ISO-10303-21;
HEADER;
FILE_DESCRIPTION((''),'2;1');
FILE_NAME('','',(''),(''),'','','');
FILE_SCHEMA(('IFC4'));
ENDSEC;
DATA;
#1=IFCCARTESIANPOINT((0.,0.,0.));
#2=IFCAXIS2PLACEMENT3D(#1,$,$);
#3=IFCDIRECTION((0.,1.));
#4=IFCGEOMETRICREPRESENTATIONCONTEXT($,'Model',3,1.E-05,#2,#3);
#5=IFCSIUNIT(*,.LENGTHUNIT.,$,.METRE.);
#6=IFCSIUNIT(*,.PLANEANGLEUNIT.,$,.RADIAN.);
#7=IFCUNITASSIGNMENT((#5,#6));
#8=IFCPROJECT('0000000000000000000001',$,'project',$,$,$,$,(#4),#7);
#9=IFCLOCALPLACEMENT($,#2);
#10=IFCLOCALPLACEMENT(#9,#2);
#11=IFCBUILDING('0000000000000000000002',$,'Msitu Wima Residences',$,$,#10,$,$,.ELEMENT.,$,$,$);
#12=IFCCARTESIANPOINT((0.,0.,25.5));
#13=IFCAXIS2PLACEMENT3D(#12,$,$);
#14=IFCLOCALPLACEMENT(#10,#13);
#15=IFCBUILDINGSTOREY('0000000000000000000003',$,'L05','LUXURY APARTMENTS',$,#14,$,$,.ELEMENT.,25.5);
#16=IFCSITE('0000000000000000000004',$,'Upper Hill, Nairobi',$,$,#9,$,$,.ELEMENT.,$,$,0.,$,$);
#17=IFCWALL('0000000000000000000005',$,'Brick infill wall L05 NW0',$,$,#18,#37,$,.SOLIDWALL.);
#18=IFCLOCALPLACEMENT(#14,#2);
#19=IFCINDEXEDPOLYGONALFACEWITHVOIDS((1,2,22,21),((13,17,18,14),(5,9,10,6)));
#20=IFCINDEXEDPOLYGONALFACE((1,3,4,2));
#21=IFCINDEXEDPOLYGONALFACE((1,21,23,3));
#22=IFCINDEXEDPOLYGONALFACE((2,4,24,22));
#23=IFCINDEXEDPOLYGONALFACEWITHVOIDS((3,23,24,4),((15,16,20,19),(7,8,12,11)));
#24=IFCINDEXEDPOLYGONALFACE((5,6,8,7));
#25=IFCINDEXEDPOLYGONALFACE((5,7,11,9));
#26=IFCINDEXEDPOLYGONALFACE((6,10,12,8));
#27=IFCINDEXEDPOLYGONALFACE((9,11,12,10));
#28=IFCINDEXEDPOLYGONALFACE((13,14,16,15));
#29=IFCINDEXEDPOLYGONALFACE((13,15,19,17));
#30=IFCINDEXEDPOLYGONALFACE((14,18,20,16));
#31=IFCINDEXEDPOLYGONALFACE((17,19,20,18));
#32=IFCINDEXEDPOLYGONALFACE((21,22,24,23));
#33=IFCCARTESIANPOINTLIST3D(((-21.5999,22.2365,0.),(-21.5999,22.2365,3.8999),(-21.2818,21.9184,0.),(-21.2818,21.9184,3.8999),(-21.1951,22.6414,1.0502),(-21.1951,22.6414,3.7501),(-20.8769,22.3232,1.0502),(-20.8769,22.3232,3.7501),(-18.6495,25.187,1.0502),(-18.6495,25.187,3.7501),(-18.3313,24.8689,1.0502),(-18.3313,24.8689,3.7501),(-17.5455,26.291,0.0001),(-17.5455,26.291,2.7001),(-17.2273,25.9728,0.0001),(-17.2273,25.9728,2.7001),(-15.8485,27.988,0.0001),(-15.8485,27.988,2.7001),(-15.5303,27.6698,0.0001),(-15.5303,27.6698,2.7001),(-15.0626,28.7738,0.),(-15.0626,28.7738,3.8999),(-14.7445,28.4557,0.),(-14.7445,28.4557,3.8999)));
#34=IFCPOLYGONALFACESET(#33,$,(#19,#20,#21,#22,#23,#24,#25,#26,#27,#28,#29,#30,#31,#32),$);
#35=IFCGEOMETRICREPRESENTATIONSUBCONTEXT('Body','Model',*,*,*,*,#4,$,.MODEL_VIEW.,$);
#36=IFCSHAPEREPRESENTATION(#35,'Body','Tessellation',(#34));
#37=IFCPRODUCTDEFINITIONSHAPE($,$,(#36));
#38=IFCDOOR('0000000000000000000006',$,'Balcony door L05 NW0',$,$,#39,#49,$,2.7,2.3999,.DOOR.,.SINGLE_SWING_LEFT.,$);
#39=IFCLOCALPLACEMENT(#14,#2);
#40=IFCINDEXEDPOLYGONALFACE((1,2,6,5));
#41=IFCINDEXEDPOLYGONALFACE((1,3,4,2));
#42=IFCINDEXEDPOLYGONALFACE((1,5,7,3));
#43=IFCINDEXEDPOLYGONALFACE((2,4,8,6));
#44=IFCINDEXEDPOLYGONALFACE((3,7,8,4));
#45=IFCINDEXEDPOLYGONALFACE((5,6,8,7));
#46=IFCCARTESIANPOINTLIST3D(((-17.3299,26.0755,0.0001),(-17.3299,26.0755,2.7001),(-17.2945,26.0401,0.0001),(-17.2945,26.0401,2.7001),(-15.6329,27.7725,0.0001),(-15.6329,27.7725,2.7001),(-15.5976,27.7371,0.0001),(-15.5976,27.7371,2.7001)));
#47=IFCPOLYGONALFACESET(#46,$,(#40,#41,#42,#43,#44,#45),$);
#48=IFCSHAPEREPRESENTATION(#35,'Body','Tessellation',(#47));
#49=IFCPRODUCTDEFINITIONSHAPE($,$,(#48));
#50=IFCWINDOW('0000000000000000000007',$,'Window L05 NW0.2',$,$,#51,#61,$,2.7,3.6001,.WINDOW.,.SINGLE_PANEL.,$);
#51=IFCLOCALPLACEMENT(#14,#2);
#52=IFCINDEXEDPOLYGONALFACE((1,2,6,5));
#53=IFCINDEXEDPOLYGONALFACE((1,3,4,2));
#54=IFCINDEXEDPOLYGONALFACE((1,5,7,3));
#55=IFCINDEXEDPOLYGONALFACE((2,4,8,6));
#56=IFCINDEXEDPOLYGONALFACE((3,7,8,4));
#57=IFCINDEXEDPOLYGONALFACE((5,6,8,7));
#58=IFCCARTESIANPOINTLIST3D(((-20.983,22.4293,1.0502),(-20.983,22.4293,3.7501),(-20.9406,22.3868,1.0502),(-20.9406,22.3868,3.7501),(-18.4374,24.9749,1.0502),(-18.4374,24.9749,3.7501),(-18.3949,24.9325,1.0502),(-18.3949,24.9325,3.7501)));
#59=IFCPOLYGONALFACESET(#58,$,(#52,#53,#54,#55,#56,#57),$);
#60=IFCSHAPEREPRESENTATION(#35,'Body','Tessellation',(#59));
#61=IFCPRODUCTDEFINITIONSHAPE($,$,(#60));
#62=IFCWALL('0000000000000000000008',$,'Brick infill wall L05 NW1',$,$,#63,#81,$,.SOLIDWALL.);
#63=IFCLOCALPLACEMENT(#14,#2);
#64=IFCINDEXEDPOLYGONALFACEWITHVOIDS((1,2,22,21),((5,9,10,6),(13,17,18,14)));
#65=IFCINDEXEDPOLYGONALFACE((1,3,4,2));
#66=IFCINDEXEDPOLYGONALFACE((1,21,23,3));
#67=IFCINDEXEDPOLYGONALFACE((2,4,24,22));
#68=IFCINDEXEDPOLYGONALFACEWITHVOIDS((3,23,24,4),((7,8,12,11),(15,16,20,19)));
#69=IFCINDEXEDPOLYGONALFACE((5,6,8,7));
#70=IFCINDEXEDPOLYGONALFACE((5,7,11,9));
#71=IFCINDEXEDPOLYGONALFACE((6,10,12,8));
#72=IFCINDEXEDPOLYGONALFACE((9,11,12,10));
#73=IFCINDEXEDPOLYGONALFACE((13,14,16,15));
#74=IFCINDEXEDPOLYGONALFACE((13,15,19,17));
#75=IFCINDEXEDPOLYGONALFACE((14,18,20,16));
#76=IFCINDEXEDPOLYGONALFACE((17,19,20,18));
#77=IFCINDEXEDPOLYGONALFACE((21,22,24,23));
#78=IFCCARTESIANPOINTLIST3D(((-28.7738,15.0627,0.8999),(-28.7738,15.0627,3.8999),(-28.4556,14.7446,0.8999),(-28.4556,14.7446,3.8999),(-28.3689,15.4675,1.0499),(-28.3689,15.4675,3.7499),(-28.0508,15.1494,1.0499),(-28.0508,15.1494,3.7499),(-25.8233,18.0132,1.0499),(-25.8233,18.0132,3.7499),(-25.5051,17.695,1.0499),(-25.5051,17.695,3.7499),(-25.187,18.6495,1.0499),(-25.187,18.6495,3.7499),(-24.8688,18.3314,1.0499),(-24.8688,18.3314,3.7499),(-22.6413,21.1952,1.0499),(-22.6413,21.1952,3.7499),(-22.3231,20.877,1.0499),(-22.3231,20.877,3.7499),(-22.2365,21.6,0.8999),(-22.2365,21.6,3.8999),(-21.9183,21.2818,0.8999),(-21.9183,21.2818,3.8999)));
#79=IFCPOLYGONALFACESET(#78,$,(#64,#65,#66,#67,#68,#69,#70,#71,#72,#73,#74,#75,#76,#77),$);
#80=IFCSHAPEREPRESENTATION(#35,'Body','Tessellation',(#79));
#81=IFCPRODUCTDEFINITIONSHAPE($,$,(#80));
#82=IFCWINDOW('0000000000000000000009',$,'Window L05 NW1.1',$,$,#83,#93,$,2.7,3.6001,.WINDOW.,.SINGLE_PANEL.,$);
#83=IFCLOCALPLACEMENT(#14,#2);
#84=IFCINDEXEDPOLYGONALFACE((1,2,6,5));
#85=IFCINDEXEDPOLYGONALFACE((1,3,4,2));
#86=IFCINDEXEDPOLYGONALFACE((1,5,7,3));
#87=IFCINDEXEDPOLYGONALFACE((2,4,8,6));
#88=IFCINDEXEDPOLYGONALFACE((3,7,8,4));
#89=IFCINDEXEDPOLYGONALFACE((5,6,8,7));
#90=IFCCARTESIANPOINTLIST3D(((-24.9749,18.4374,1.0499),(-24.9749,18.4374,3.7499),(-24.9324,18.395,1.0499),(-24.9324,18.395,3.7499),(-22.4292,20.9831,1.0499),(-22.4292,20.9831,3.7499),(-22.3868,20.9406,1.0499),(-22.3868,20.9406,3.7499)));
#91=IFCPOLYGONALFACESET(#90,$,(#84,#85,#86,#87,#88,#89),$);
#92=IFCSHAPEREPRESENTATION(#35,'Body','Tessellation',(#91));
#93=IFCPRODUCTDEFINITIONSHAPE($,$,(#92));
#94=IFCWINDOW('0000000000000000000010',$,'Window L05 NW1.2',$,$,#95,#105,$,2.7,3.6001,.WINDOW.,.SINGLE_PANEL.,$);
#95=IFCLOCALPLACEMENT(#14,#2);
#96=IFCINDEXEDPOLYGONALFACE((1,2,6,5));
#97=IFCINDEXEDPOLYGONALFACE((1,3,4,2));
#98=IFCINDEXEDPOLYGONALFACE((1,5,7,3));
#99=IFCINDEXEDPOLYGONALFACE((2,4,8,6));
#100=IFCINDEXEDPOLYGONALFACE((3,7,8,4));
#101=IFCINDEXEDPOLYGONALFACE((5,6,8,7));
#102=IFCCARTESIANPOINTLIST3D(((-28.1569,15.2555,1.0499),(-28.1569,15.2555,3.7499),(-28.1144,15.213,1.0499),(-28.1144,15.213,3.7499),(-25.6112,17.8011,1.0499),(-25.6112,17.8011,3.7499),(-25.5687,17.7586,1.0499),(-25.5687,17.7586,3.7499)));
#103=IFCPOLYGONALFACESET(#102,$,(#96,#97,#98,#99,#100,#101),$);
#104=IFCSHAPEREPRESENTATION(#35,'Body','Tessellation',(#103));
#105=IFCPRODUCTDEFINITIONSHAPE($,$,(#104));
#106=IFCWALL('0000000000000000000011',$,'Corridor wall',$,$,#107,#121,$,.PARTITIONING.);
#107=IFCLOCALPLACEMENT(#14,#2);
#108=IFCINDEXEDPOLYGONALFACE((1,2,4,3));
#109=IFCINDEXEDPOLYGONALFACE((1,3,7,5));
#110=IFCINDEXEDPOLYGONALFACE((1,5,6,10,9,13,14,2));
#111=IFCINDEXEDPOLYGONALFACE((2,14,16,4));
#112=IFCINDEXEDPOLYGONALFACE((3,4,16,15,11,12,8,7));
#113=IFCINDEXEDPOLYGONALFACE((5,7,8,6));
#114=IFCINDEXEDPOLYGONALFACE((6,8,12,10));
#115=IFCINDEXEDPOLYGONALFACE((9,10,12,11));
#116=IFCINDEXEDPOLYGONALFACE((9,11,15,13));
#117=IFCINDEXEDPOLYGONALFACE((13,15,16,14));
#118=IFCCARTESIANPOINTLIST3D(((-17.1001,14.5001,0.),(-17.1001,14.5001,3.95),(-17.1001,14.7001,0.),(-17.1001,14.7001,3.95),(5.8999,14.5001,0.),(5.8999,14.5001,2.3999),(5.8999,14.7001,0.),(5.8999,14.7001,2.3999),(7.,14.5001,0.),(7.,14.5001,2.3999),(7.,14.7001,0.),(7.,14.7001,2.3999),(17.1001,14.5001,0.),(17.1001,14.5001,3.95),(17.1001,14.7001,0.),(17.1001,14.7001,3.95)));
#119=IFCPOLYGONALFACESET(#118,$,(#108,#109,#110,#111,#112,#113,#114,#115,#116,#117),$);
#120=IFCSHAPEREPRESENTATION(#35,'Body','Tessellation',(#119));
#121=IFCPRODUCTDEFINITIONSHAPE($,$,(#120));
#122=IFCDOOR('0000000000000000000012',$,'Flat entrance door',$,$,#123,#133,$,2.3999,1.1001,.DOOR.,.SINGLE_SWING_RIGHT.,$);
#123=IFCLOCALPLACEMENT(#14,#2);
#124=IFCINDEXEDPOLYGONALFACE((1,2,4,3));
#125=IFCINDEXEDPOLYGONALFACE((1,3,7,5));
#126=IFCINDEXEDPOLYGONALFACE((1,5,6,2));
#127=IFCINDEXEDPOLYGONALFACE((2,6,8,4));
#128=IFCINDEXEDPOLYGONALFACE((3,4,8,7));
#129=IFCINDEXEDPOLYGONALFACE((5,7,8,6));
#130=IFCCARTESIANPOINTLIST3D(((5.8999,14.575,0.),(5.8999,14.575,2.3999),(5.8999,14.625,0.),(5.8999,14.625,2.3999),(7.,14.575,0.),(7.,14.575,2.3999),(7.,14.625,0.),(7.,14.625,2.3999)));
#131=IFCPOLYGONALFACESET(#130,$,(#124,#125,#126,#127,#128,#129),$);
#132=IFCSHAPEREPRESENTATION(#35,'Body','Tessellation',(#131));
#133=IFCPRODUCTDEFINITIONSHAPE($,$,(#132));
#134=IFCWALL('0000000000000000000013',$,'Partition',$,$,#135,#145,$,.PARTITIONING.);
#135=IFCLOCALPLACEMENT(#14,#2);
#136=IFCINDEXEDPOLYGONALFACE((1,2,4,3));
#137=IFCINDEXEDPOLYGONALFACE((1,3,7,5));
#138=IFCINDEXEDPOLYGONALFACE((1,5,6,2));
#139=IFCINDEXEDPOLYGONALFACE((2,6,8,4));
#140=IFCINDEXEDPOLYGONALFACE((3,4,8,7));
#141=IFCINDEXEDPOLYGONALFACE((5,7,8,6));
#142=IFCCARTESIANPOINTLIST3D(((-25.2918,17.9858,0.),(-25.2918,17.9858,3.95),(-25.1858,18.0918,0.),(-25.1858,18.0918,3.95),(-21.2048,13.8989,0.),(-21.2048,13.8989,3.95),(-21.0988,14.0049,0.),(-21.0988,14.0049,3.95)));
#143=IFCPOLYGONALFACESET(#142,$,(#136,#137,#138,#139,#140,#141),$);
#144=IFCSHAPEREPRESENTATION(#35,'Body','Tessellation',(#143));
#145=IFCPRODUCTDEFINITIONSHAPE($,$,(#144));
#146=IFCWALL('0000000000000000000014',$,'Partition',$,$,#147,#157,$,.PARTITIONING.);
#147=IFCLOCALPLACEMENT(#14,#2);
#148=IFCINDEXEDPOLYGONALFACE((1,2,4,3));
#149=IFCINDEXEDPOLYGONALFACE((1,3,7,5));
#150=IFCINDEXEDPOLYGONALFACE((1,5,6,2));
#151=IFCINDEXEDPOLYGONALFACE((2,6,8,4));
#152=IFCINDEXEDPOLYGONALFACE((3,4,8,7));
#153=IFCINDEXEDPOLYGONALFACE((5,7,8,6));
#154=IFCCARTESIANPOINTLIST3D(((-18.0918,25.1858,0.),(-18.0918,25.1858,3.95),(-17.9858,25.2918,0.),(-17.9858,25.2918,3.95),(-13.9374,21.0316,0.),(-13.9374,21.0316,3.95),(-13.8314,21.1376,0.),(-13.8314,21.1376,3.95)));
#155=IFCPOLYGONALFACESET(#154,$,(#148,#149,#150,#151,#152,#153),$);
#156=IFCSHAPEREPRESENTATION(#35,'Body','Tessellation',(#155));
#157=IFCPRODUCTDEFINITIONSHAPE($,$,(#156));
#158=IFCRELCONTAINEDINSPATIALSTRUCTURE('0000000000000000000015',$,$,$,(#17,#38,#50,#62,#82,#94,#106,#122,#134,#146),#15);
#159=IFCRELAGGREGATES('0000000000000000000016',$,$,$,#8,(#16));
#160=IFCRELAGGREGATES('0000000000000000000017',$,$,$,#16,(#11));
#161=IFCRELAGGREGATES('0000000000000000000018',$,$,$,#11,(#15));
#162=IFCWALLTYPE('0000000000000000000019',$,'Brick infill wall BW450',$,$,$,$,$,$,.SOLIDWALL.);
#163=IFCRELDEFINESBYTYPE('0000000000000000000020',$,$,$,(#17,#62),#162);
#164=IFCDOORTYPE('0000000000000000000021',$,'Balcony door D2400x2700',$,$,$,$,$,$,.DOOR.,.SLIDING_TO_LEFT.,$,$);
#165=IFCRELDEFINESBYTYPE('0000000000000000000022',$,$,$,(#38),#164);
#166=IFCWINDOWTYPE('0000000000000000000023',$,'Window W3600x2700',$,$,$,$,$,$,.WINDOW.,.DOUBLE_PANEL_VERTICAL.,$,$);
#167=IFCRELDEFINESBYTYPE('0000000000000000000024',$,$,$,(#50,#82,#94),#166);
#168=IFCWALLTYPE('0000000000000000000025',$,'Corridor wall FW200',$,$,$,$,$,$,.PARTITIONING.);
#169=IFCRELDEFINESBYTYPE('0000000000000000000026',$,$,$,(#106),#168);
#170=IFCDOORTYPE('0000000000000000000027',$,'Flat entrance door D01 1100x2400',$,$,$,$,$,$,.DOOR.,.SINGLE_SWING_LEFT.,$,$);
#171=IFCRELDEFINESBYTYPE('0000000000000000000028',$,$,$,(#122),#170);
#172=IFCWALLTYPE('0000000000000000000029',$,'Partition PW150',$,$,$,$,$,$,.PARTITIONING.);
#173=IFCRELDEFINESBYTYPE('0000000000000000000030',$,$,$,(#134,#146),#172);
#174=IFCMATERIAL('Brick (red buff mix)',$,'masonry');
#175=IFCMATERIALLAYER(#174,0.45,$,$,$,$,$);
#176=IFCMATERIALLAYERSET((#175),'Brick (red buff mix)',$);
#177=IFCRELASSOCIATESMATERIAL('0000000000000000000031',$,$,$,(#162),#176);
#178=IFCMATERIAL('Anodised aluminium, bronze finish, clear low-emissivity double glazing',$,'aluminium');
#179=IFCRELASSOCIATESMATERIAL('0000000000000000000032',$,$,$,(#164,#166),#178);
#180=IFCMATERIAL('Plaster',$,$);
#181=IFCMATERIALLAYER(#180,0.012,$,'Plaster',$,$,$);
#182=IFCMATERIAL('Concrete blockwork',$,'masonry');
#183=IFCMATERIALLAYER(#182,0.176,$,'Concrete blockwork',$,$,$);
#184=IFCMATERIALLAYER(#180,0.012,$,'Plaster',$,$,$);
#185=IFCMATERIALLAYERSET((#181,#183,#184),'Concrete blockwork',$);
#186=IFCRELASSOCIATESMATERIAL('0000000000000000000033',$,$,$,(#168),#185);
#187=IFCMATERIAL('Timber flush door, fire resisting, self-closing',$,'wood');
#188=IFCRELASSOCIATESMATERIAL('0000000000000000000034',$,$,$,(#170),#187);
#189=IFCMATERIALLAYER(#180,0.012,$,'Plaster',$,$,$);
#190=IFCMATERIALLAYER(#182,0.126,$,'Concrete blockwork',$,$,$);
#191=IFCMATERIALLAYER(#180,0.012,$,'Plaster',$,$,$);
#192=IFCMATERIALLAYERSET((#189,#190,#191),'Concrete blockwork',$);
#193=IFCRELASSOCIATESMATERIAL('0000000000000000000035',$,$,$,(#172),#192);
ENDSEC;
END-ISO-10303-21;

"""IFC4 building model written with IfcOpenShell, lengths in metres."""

from ifc_helpers import new_model, si_unit, direction, frame, frame_2d, origin, place, context, subcontext, project, spatial, rectangle, extrude, material, layer, layer_set, type_object, element, fill, save


model = new_model("IFC4")

# Units and contexts
model_context = context("Model", 3, precision=1e-05, world=origin(), true_north=direction((0.0, 1.0)))
body_context = subcontext(model_context, "Body", "Model", "MODEL_VIEW")
ifc_project = project(units=[si_unit("LENGTHUNIT", "METRE"), si_unit("PLANEANGLEUNIT", "RADIAN")], contexts=[model_context])

# Site, building, storey
site_placement = place(None, origin())
site = spatial("IfcSite", under=ifc_project, at=site_placement, Name="Upper Hill, Nairobi", CompositionType="ELEMENT", RefElevation=0.0)
building_placement = place(site_placement, origin())
building = spatial("IfcBuilding", under=site, at=building_placement, Name="Msitu Wima Residences", CompositionType="ELEMENT")
storey_placement = place(building_placement, frame((0.0, 0.0, 25.5)))
storey = spatial("IfcBuildingStorey", under=building, at=storey_placement, Name="L05", Description="LUXURY APARTMENTS", CompositionType="ELEMENT", Elevation=25.5)

# Wall, openings, door, window
ifc_material_1 = material(Name="Brick (red buff mix)", Category="masonry")
ifc_layer_1 = layer(ifc_material_1, 0.45)
ifc_layer_set_1 = layer_set([ifc_layer_1], Name="Brick (red buff mix)")
wall_type_1 = type_object("IfcWallType", Name="Brick infill wall BW450", PredefinedType="SOLIDWALL", material=ifc_layer_set_1)
wall_1_placement = place(storey_placement, frame((-14.9036, 28.6147, 0.0), z_axis=(0.0, 0.0, 1.0), x_axis=(-0.707107, -0.707107, 0.0)))
wall_1 = element("IfcWall", 1, at=wall_1_placement, inside=storey, type_object=wall_type_1, Name="Brick infill wall L05 NW0", PredefinedType="SOLIDWALL", context=body_context, shape_type="SweptSolid", body=[
    extrude(rectangle(XDim=9.2451, YDim=0.45, at=frame_2d((4.6226, 0.0))), origin(), (0.0, 0.0, 1.0), 3.8999),
])
opening_1_placement = place(wall_1_placement, frame((1.1113, 0.0, 0.0)))
opening_1 = element("IfcOpeningElement", 2, at=opening_1_placement, cuts=wall_1, PredefinedType="OPENING", context=body_context, shape_type="SweptSolid", body=[
    extrude(rectangle(XDim=2.3999, YDim=2.7, at=frame_2d((1.2, 1.3501))), frame((0.0, 0.2349, 0.0), z_axis=(0.0, -1.0, 0.0), x_axis=(1.0, 0.0, 0.0)), (0.0, 0.0, 1.0), 0.47),
])
opening_2_placement = place(wall_1_placement, frame((5.0725, 0.0, 1.05)))
opening_2 = element("IfcOpeningElement", 3, at=opening_2_placement, cuts=wall_1, PredefinedType="OPENING", context=body_context, shape_type="SweptSolid", body=[
    extrude(rectangle(XDim=3.6001, YDim=2.7, at=frame_2d((1.8, 1.3501))), frame((0.0, 0.2349, 0.0), z_axis=(0.0, -1.0, 0.0), x_axis=(1.0, 0.0, 0.0)), (0.0, 0.0, 1.0), 0.47),
])
ifc_material_2 = material(Name="Anodised aluminium, bronze finish, clear low-emissivity double glazing", Category="aluminium")
door_type_1 = type_object("IfcDoorType", Name="Balcony door D2400x2700", OperationType="SLIDING_TO_LEFT", PredefinedType="DOOR", material=ifc_material_2)
door_1_placement = place(opening_1_placement, origin())
door_1 = element("IfcDoor", 4, at=door_1_placement, inside=storey, type_object=door_type_1, Name="Balcony door L05 NW0", OperationType="SINGLE_SWING_LEFT", OverallHeight=2.7, OverallWidth=2.3999, PredefinedType="DOOR", context=body_context, shape_type="SweptSolid", body=[
    extrude(rectangle(XDim=2.3999, YDim=2.7, at=frame_2d((1.2, 1.3501))), frame((0.0, 0.1299, 0.0), z_axis=(0.0, -1.0, 0.0), x_axis=(1.0, 0.0, 0.0)), (0.0, 0.0, 1.0), 0.05),
])
fill(opening_1, door_1)
window_type = type_object("IfcWindowType", Name="Window W3600x2700", PartitioningType="DOUBLE_PANEL_VERTICAL", PredefinedType="WINDOW", material=ifc_material_2)
window_1_placement = place(opening_2_placement, origin())
window_1 = element("IfcWindow", 5, at=window_1_placement, inside=storey, type_object=window_type, Name="Window L05 NW0.2", OverallHeight=2.7, OverallWidth=3.6001, PartitioningType="SINGLE_PANEL", PredefinedType="WINDOW", context=body_context, shape_type="SweptSolid", body=[
    extrude(rectangle(XDim=3.6001, YDim=2.7, at=frame_2d((1.8, 1.3501))), frame((0.0, 0.135, 0.0), z_axis=(0.0, -1.0, 0.0), x_axis=(1.0, 0.0, 0.0)), (0.0, 0.0, 1.0), 0.0601),
])
fill(opening_2, window_1)

# Wall, openings, windows
wall_2_placement = place(storey_placement, frame((-22.0774, 21.4409, 0.8999), z_axis=(0.0, 0.0, 1.0), x_axis=(-0.707107, -0.707107, 0.0)))
wall_2 = element("IfcWall", 6, at=wall_2_placement, inside=storey, type_object=wall_type_1, Name="Brick infill wall L05 NW1", PredefinedType="SOLIDWALL", context=body_context, shape_type="SweptSolid", body=[
    extrude(rectangle(XDim=9.2451, YDim=0.45, at=frame_2d((4.6226, 0.0))), origin(), (0.0, 0.0, 1.0), 3.0),
])
opening_3_placement = place(wall_2_placement, frame((0.5725, 0.0, 0.1499)))
opening_3 = element("IfcOpeningElement", 7, at=opening_3_placement, cuts=wall_2, PredefinedType="OPENING", context=body_context, shape_type="SweptSolid", body=[
    extrude(rectangle(XDim=3.6001, YDim=2.7, at=frame_2d((1.8, 1.3501))), frame((0.0, 0.2349, 0.0), z_axis=(0.0, -1.0, 0.0), x_axis=(1.0, 0.0, 0.0)), (0.0, 0.0, 1.0), 0.47),
])
opening_4_placement = place(wall_2_placement, frame((5.0725, 0.0, 0.1499)))
opening_4 = element("IfcOpeningElement", 8, at=opening_4_placement, cuts=wall_2, PredefinedType="OPENING", context=body_context, shape_type="SweptSolid", body=[
    extrude(rectangle(XDim=3.6001, YDim=2.7, at=frame_2d((1.8, 1.3501))), frame((0.0, 0.2349, 0.0), z_axis=(0.0, -1.0, 0.0), x_axis=(1.0, 0.0, 0.0)), (0.0, 0.0, 1.0), 0.47),
])
window_2_placement = place(opening_3_placement, origin())
window_2 = element("IfcWindow", 9, at=window_2_placement, inside=storey, type_object=window_type, Name="Window L05 NW1.1", OverallHeight=2.7, OverallWidth=3.6001, PartitioningType="SINGLE_PANEL", PredefinedType="WINDOW", context=body_context, shape_type="SweptSolid", body=[
    extrude(rectangle(XDim=3.6001, YDim=2.7, at=frame_2d((1.8, 1.3501))), frame((0.0, 0.135, 0.0), z_axis=(0.0, -1.0, 0.0), x_axis=(1.0, 0.0, 0.0)), (0.0, 0.0, 1.0), 0.0601),
])
fill(opening_3, window_2)
window_3_placement = place(opening_4_placement, origin())
window_3 = element("IfcWindow", 10, at=window_3_placement, inside=storey, type_object=window_type, Name="Window L05 NW1.2", OverallHeight=2.7, OverallWidth=3.6001, PartitioningType="SINGLE_PANEL", PredefinedType="WINDOW", context=body_context, shape_type="SweptSolid", body=[
    extrude(rectangle(XDim=3.6001, YDim=2.7, at=frame_2d((1.8, 1.3501))), frame((0.0, 0.135, 0.0), z_axis=(0.0, -1.0, 0.0), x_axis=(1.0, 0.0, 0.0)), (0.0, 0.0, 1.0), 0.0601),
])
fill(opening_4, window_3)

# Wall, opening, door
ifc_material_3 = material(Name="Plaster")
ifc_layer_2 = layer(ifc_material_3, 0.012, Name="Plaster")
ifc_material_4 = material(Name="Concrete blockwork", Category="masonry")
ifc_layer_3 = layer(ifc_material_4, 0.176, Name="Concrete blockwork")
ifc_layer_4 = layer(ifc_material_3, 0.012, Name="Plaster")
ifc_layer_set_2 = layer_set([ifc_layer_2, ifc_layer_3, ifc_layer_4], Name="Concrete blockwork")
wall_type_2 = type_object("IfcWallType", Name="Corridor wall FW200", PredefinedType="PARTITIONING", material=ifc_layer_set_2)
wall_3_placement = place(storey_placement, frame((-17.1001, 14.6001, 0.0), z_axis=(0.0, 0.0, 1.0), x_axis=(1.0, 0.0, 0.0)))
wall_3 = element("IfcWall", 11, at=wall_3_placement, inside=storey, type_object=wall_type_2, Name="Corridor wall", PredefinedType="PARTITIONING", context=body_context, shape_type="SweptSolid", body=[
    extrude(rectangle(XDim=34.2002, YDim=0.2, at=frame_2d((17.1001, 0.0))), origin(), (0.0, 0.0, 1.0), 3.95),
])
opening_5_placement = place(wall_3_placement, frame((23.0, 0.0, 0.0)))
opening_5 = element("IfcOpeningElement", 12, at=opening_5_placement, cuts=wall_3, PredefinedType="OPENING", context=body_context, shape_type="SweptSolid", body=[
    extrude(rectangle(XDim=1.1001, YDim=2.3999, at=frame_2d((0.55, 1.2))), frame((0.0, 0.1099, 0.0), z_axis=(0.0, -1.0, 0.0), x_axis=(1.0, 0.0, 0.0)), (0.0, 0.0, 1.0), 0.22),
])
ifc_material_5 = material(Name="Timber flush door, fire resisting, self-closing", Category="wood")
door_type_2 = type_object("IfcDoorType", Name="Flat entrance door D01 1100x2400", OperationType="SINGLE_SWING_LEFT", PredefinedType="DOOR", material=ifc_material_5)
door_2_placement = place(opening_5_placement, origin())
door_2 = element("IfcDoor", 13, at=door_2_placement, inside=storey, type_object=door_type_2, Name="Flat entrance door", OperationType="SINGLE_SWING_RIGHT", OverallHeight=2.3999, OverallWidth=1.1001, PredefinedType="DOOR", context=body_context, shape_type="SweptSolid", body=[
    extrude(rectangle(XDim=1.1001, YDim=2.3999, at=frame_2d((0.55, 1.2))), frame((0.0, 0.0249, 0.0), z_axis=(0.0, -1.0, 0.0), x_axis=(1.0, 0.0, 0.0)), (0.0, 0.0, 1.0), 0.05),
])
fill(opening_5, door_2)

# Walls
ifc_layer_5 = layer(ifc_material_3, 0.012, Name="Plaster")
ifc_layer_6 = layer(ifc_material_4, 0.126, Name="Concrete blockwork")
ifc_layer_7 = layer(ifc_material_3, 0.012, Name="Plaster")
ifc_layer_set_3 = layer_set([ifc_layer_5, ifc_layer_6, ifc_layer_7], Name="Concrete blockwork")
wall_type_3 = type_object("IfcWallType", Name="Partition PW150", PredefinedType="PARTITIONING", material=ifc_layer_set_3)
wall_4_placement = place(storey_placement, frame((-25.2388, 18.0388, 0.0), z_axis=(0.0, 0.0, 1.0), x_axis=(0.707107, -0.707107, 0.0)))
element("IfcWall", 14, at=wall_4_placement, inside=storey, type_object=wall_type_3, Name="Partition", PredefinedType="PARTITIONING", context=body_context, shape_type="SweptSolid", body=[
    extrude(rectangle(XDim=5.7798, YDim=0.1499, at=frame_2d((2.8899, 0.0))), origin(), (0.0, 0.0, 1.0), 3.95),
])
wall_5_placement = place(storey_placement, frame((-18.0388, 25.2388, 0.0), z_axis=(0.0, 0.0, 1.0), x_axis=(0.707128, -0.707086, 0.0)))
element("IfcWall", 15, at=wall_5_placement, inside=storey, type_object=wall_type_3, Name="Partition", PredefinedType="PARTITIONING", context=body_context, shape_type="SweptSolid", body=[
    extrude(rectangle(XDim=5.875, YDim=0.1499, at=frame_2d((2.9375, 0.0))), origin(), (0.0, 0.0, 1.0), 3.95),
])

save(model, "model.ifc")
